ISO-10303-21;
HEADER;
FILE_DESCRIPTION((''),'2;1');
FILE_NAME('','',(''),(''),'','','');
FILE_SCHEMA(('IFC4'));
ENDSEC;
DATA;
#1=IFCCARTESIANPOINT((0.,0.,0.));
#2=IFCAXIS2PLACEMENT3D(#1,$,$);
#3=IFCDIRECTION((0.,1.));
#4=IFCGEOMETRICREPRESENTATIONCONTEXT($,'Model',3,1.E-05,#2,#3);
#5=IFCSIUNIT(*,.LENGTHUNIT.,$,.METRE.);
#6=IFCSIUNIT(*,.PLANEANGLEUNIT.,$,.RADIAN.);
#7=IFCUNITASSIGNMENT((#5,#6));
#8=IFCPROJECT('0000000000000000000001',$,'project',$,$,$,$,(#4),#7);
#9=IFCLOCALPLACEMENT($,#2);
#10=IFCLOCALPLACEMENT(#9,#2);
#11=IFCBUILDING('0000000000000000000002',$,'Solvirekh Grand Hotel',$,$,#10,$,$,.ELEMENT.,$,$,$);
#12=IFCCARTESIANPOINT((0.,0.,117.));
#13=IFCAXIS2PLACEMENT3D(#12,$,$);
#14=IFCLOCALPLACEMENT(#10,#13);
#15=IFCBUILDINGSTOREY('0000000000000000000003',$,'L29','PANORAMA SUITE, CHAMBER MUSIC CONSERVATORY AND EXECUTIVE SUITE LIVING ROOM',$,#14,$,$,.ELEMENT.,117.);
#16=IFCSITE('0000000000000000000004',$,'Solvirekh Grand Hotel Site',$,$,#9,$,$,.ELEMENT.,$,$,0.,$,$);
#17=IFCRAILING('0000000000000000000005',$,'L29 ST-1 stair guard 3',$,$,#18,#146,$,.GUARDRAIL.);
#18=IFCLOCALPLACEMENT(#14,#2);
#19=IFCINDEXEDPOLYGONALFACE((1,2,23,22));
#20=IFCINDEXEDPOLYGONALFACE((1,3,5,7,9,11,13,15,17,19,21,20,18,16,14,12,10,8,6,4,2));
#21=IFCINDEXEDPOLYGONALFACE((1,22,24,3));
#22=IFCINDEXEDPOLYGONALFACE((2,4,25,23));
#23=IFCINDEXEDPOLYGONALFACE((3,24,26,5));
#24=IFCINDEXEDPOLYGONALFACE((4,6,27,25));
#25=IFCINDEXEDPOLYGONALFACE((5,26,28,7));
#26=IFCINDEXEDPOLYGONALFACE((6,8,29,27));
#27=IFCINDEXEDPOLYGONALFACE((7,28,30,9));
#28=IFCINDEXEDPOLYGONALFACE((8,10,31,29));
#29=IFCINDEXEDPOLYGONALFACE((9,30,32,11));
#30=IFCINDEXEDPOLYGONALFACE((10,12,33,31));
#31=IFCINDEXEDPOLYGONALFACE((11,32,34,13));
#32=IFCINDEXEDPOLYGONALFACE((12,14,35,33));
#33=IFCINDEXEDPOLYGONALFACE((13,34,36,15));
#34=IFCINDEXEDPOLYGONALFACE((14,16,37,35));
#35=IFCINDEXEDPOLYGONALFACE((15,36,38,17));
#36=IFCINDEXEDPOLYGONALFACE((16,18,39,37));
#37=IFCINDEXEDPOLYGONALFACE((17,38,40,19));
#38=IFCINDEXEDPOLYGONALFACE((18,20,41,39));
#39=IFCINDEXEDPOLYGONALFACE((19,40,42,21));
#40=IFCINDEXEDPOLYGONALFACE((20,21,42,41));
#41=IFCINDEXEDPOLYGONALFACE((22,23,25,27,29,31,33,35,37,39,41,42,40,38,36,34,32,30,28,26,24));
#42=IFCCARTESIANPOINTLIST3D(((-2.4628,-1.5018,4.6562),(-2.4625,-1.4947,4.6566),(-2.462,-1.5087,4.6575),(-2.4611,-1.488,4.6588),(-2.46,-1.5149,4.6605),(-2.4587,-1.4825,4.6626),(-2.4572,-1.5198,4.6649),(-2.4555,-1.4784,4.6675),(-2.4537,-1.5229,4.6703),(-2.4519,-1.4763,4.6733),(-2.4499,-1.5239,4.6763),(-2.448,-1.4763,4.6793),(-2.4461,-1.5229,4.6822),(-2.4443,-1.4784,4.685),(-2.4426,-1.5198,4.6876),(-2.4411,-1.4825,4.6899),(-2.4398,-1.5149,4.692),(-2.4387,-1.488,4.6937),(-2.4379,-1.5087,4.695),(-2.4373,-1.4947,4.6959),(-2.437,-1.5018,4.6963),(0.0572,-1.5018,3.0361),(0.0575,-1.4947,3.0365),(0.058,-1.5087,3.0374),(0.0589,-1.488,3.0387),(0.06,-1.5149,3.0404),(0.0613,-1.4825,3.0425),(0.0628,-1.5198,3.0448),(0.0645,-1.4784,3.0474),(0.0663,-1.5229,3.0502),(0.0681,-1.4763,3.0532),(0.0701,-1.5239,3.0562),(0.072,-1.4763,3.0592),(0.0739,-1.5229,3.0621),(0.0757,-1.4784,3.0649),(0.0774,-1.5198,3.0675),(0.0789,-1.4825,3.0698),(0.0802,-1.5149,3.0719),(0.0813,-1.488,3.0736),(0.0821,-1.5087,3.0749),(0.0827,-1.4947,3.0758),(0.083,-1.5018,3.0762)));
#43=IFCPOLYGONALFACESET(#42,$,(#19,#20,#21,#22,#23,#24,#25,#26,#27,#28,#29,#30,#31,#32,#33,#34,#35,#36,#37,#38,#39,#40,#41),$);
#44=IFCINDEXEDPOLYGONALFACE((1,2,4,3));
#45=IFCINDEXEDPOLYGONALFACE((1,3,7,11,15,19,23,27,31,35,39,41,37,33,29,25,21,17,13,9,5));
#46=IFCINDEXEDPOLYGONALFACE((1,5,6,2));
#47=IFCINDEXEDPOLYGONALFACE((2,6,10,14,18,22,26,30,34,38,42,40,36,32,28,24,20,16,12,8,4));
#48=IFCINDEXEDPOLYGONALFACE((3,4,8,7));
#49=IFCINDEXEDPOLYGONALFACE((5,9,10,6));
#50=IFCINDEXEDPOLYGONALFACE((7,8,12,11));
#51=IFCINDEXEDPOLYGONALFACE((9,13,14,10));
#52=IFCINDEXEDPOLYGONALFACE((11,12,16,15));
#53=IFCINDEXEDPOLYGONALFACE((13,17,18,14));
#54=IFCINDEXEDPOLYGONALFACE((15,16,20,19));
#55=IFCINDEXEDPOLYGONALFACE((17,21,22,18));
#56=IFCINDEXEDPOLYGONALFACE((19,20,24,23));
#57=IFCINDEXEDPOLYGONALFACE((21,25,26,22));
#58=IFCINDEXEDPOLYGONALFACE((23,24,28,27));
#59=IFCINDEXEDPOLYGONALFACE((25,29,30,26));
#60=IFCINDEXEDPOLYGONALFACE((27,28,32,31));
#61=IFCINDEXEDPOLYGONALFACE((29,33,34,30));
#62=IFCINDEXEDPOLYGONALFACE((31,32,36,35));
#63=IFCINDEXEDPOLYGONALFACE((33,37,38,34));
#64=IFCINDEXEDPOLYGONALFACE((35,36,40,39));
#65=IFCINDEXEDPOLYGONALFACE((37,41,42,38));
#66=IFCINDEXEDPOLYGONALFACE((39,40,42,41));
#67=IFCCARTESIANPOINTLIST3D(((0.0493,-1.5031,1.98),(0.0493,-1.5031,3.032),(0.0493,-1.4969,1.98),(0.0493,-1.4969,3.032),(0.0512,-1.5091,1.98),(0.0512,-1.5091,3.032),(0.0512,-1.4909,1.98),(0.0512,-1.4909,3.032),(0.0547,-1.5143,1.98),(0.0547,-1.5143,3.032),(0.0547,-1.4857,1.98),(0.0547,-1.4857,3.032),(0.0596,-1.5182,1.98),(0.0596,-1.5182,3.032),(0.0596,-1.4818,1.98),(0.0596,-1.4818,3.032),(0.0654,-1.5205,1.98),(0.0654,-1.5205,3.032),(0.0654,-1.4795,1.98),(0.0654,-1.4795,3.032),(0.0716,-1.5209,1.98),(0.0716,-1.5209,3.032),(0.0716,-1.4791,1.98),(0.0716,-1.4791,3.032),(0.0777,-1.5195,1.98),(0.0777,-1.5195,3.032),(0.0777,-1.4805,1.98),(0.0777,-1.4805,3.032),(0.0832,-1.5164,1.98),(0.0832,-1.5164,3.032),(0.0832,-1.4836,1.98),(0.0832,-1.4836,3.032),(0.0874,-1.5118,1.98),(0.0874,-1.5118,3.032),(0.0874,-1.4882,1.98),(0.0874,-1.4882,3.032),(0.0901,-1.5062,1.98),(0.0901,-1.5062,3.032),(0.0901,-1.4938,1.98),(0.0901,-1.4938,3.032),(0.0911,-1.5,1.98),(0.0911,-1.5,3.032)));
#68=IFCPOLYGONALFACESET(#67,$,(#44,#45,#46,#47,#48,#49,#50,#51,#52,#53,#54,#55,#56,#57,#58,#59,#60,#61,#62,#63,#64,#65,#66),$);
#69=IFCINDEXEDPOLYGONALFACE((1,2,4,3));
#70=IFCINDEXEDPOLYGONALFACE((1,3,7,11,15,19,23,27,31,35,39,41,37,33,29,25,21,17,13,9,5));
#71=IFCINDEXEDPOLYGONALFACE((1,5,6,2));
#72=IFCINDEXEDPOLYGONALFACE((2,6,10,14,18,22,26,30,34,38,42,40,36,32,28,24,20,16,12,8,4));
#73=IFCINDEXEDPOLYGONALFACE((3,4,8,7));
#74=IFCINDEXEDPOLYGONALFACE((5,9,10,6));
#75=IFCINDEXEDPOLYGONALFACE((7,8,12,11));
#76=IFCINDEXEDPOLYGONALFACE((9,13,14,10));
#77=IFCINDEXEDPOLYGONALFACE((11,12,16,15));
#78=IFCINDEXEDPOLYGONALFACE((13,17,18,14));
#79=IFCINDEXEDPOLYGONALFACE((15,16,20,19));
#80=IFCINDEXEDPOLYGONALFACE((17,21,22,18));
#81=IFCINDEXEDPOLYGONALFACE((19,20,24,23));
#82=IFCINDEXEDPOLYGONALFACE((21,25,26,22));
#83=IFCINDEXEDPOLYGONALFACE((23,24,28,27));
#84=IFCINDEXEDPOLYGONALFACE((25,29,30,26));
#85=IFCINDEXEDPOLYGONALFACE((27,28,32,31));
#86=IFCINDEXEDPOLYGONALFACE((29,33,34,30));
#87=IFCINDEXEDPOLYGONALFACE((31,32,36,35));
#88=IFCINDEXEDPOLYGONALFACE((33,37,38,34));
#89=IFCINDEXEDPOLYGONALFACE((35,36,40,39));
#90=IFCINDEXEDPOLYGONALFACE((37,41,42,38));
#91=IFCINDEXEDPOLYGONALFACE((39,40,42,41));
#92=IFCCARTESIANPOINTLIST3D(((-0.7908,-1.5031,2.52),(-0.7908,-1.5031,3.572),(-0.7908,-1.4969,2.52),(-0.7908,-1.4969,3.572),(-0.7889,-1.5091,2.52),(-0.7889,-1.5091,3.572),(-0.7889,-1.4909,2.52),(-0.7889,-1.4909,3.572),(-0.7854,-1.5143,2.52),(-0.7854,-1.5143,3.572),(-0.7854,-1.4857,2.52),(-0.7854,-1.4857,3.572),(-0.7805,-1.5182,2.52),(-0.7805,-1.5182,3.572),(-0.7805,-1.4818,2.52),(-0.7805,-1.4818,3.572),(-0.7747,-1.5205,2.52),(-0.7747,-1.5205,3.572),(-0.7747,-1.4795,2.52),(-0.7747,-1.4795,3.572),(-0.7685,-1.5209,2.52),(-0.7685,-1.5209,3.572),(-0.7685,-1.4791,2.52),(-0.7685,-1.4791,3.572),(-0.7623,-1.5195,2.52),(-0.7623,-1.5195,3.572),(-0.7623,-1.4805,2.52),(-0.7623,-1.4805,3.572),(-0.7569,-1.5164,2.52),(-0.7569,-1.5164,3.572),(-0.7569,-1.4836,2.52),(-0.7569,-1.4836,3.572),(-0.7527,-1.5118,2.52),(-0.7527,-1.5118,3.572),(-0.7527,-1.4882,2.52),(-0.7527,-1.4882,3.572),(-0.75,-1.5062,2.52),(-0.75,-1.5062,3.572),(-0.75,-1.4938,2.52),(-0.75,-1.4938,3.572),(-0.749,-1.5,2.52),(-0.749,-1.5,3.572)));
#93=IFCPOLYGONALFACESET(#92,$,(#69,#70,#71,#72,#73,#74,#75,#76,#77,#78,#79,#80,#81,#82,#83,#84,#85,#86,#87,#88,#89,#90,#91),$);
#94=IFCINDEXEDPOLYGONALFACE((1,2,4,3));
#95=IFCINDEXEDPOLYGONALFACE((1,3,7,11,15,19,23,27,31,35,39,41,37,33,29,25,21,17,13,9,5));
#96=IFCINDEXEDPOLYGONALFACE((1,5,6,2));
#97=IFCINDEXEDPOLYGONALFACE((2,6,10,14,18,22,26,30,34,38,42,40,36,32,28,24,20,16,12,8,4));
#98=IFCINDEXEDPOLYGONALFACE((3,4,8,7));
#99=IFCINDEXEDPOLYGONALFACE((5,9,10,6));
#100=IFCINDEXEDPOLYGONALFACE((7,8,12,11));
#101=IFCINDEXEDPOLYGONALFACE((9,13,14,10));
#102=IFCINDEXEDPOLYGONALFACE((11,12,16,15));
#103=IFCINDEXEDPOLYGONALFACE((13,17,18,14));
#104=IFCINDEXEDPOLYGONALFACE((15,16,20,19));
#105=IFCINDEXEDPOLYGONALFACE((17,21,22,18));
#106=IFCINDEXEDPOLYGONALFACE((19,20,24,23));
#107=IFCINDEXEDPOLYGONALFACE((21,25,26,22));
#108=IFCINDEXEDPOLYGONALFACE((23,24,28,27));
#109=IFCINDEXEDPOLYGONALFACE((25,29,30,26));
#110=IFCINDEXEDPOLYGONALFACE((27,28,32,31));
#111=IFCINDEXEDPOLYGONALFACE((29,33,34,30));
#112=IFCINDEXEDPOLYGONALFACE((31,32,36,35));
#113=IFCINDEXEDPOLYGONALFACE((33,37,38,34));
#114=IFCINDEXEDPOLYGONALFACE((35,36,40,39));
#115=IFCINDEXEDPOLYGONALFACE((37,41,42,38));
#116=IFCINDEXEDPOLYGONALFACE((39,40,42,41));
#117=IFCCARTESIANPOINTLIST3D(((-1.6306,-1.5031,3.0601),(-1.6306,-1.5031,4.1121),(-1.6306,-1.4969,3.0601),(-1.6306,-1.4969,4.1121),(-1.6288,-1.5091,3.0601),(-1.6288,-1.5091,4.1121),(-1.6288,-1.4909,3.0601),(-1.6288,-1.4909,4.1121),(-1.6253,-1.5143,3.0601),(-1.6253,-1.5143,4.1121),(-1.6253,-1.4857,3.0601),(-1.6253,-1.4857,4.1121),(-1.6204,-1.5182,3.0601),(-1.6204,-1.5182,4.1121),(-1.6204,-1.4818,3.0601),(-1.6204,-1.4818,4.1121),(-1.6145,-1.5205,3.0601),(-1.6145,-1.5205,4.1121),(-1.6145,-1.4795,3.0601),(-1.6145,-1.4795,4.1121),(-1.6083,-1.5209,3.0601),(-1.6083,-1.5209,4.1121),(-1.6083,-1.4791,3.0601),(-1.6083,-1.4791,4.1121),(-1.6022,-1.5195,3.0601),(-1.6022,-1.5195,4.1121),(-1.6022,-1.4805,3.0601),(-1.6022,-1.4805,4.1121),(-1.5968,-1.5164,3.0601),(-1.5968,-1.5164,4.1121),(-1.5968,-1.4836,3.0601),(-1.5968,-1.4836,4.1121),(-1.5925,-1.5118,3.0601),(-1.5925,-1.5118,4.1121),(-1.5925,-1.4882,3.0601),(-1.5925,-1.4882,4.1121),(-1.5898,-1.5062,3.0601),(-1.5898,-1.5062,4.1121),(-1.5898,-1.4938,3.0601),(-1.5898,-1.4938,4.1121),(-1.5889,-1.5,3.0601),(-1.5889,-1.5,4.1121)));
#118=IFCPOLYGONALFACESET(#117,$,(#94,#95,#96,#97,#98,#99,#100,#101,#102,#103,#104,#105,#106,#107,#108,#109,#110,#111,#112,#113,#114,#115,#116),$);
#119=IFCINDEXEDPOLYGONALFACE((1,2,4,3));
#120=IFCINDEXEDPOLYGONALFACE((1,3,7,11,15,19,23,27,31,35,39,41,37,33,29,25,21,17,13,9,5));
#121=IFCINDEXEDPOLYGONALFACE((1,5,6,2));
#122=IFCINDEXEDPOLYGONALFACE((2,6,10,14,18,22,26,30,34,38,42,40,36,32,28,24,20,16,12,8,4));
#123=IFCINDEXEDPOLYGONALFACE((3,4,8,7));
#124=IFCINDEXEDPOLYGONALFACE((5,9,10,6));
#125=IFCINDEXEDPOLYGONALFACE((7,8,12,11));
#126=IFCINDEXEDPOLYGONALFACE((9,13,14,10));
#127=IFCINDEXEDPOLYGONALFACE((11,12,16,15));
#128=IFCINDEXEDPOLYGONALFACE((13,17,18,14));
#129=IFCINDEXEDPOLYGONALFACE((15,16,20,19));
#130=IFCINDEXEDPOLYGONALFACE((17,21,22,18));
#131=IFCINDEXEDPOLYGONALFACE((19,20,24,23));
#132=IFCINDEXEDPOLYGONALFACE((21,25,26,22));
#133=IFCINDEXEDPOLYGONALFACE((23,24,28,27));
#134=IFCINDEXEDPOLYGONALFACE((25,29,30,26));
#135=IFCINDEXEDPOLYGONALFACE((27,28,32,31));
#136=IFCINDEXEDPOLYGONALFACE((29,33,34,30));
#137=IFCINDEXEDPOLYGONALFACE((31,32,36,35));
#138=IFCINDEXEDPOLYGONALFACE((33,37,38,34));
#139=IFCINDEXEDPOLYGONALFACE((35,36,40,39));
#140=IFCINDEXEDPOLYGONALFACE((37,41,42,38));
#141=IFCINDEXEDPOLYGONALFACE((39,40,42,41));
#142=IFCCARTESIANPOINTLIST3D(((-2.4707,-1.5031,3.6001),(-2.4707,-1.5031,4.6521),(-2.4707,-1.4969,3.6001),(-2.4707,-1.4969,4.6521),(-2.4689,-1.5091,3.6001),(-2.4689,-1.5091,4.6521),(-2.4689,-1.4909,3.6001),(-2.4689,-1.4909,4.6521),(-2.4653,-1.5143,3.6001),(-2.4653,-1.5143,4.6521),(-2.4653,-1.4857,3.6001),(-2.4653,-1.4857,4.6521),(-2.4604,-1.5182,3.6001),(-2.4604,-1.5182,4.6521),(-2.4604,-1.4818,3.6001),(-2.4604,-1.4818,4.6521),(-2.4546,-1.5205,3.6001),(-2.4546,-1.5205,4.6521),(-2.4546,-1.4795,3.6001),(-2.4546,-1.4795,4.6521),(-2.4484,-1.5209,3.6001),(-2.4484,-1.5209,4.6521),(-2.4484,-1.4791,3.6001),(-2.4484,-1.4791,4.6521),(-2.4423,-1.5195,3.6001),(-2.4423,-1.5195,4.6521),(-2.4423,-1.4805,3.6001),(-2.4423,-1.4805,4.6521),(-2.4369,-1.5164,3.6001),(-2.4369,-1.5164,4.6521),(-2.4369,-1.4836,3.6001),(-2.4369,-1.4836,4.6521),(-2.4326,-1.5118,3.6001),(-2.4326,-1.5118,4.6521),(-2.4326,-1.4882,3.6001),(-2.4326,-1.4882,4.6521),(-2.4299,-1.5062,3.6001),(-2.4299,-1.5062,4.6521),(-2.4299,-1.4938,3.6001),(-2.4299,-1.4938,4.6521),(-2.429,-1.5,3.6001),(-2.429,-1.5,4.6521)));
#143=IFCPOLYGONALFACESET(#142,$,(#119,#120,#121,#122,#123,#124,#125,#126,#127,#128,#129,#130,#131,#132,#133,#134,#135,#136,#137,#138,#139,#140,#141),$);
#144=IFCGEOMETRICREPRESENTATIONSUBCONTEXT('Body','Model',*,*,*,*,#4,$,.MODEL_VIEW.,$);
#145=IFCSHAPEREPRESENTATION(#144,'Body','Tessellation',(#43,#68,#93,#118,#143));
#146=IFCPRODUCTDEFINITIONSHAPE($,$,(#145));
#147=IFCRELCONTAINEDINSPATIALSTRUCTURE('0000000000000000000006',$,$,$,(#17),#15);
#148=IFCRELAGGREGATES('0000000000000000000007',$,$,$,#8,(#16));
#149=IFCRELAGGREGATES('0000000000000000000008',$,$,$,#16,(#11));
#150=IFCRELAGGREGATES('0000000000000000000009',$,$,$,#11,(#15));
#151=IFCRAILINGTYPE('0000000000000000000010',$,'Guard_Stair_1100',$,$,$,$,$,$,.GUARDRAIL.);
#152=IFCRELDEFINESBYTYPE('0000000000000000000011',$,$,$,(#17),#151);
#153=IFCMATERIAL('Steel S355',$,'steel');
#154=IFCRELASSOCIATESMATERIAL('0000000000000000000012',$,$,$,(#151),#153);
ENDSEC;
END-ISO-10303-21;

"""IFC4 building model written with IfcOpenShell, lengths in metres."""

from ifc_helpers import new_model, si_unit, direction, frame, origin, origin_2d, place, context, subcontext, project, spatial, circle, extrude, material, type_object, element, save


model = new_model("IFC4")

# Units and contexts
model_context = context("Model", 3, precision=1e-05, world=origin(), true_north=direction((0.0, 1.0)))
body_context = subcontext(model_context, "Body", "Model", "MODEL_VIEW")
ifc_project = project(units=[si_unit("LENGTHUNIT", "METRE"), si_unit("PLANEANGLEUNIT", "RADIAN")], contexts=[model_context])

# Site, building, storey
site_placement = place(None, origin())
site = spatial("IfcSite", under=ifc_project, at=site_placement, Name="Solvirekh Grand Hotel Site", CompositionType="ELEMENT", RefElevation=0.0)
building_placement = place(site_placement, origin())
building = spatial("IfcBuilding", under=site, at=building_placement, Name="Solvirekh Grand Hotel", CompositionType="ELEMENT")
storey_placement = place(building_placement, frame((0.0, 0.0, 117.0)))
storey = spatial("IfcBuildingStorey", under=building, at=storey_placement, Name="L29", Description="PANORAMA SUITE, CHAMBER MUSIC CONSERVATORY AND EXECUTIVE SUITE LIVING ROOM", CompositionType="ELEMENT", Elevation=117.0)

# Shared definitions
ifc_material_1 = material(Name="Steel S355", Category="steel")

# Railing
railing_type = type_object("IfcRailingType", Name="Guard_Stair_1100", PredefinedType="GUARDRAIL", material=ifc_material_1)
railing_1_placement = place(storey_placement, frame((0.0701, -1.5, 1.98)))
element("IfcRailing", 1, at=railing_1_placement, inside=storey, type_object=railing_type, Name="L29 ST-1 stair guard 3", PredefinedType="GUARDRAIL", context=body_context, shape_type="SweptSolid", body=[
    extrude(circle(Radius=0.0239, at=origin_2d()), frame((0.0, 0.0, 1.0762), z_axis=(-0.841163, 0.0, 0.540782), x_axis=(0.0, -1.0, 0.0)), (0.0, 0.0, 1.0), 2.9958),
    extrude(circle(Radius=0.021, at=origin_2d()), origin(), (0.0, 0.0, 1.0), 1.052),
    extrude(circle(Radius=0.021, at=origin_2d()), frame((-0.8401, 0.0, 0.54)), (0.0, 0.0, 1.0), 1.052),
    extrude(circle(Radius=0.021, at=origin_2d()), frame((-1.6799, 0.0, 1.0801)), (0.0, 0.0, 1.0), 1.052),
    extrude(circle(Radius=0.021, at=origin_2d()), frame((-2.52, 0.0, 1.6201)), (0.0, 0.0, 1.0), 1.052),
])

save(model, "model.ifc")
